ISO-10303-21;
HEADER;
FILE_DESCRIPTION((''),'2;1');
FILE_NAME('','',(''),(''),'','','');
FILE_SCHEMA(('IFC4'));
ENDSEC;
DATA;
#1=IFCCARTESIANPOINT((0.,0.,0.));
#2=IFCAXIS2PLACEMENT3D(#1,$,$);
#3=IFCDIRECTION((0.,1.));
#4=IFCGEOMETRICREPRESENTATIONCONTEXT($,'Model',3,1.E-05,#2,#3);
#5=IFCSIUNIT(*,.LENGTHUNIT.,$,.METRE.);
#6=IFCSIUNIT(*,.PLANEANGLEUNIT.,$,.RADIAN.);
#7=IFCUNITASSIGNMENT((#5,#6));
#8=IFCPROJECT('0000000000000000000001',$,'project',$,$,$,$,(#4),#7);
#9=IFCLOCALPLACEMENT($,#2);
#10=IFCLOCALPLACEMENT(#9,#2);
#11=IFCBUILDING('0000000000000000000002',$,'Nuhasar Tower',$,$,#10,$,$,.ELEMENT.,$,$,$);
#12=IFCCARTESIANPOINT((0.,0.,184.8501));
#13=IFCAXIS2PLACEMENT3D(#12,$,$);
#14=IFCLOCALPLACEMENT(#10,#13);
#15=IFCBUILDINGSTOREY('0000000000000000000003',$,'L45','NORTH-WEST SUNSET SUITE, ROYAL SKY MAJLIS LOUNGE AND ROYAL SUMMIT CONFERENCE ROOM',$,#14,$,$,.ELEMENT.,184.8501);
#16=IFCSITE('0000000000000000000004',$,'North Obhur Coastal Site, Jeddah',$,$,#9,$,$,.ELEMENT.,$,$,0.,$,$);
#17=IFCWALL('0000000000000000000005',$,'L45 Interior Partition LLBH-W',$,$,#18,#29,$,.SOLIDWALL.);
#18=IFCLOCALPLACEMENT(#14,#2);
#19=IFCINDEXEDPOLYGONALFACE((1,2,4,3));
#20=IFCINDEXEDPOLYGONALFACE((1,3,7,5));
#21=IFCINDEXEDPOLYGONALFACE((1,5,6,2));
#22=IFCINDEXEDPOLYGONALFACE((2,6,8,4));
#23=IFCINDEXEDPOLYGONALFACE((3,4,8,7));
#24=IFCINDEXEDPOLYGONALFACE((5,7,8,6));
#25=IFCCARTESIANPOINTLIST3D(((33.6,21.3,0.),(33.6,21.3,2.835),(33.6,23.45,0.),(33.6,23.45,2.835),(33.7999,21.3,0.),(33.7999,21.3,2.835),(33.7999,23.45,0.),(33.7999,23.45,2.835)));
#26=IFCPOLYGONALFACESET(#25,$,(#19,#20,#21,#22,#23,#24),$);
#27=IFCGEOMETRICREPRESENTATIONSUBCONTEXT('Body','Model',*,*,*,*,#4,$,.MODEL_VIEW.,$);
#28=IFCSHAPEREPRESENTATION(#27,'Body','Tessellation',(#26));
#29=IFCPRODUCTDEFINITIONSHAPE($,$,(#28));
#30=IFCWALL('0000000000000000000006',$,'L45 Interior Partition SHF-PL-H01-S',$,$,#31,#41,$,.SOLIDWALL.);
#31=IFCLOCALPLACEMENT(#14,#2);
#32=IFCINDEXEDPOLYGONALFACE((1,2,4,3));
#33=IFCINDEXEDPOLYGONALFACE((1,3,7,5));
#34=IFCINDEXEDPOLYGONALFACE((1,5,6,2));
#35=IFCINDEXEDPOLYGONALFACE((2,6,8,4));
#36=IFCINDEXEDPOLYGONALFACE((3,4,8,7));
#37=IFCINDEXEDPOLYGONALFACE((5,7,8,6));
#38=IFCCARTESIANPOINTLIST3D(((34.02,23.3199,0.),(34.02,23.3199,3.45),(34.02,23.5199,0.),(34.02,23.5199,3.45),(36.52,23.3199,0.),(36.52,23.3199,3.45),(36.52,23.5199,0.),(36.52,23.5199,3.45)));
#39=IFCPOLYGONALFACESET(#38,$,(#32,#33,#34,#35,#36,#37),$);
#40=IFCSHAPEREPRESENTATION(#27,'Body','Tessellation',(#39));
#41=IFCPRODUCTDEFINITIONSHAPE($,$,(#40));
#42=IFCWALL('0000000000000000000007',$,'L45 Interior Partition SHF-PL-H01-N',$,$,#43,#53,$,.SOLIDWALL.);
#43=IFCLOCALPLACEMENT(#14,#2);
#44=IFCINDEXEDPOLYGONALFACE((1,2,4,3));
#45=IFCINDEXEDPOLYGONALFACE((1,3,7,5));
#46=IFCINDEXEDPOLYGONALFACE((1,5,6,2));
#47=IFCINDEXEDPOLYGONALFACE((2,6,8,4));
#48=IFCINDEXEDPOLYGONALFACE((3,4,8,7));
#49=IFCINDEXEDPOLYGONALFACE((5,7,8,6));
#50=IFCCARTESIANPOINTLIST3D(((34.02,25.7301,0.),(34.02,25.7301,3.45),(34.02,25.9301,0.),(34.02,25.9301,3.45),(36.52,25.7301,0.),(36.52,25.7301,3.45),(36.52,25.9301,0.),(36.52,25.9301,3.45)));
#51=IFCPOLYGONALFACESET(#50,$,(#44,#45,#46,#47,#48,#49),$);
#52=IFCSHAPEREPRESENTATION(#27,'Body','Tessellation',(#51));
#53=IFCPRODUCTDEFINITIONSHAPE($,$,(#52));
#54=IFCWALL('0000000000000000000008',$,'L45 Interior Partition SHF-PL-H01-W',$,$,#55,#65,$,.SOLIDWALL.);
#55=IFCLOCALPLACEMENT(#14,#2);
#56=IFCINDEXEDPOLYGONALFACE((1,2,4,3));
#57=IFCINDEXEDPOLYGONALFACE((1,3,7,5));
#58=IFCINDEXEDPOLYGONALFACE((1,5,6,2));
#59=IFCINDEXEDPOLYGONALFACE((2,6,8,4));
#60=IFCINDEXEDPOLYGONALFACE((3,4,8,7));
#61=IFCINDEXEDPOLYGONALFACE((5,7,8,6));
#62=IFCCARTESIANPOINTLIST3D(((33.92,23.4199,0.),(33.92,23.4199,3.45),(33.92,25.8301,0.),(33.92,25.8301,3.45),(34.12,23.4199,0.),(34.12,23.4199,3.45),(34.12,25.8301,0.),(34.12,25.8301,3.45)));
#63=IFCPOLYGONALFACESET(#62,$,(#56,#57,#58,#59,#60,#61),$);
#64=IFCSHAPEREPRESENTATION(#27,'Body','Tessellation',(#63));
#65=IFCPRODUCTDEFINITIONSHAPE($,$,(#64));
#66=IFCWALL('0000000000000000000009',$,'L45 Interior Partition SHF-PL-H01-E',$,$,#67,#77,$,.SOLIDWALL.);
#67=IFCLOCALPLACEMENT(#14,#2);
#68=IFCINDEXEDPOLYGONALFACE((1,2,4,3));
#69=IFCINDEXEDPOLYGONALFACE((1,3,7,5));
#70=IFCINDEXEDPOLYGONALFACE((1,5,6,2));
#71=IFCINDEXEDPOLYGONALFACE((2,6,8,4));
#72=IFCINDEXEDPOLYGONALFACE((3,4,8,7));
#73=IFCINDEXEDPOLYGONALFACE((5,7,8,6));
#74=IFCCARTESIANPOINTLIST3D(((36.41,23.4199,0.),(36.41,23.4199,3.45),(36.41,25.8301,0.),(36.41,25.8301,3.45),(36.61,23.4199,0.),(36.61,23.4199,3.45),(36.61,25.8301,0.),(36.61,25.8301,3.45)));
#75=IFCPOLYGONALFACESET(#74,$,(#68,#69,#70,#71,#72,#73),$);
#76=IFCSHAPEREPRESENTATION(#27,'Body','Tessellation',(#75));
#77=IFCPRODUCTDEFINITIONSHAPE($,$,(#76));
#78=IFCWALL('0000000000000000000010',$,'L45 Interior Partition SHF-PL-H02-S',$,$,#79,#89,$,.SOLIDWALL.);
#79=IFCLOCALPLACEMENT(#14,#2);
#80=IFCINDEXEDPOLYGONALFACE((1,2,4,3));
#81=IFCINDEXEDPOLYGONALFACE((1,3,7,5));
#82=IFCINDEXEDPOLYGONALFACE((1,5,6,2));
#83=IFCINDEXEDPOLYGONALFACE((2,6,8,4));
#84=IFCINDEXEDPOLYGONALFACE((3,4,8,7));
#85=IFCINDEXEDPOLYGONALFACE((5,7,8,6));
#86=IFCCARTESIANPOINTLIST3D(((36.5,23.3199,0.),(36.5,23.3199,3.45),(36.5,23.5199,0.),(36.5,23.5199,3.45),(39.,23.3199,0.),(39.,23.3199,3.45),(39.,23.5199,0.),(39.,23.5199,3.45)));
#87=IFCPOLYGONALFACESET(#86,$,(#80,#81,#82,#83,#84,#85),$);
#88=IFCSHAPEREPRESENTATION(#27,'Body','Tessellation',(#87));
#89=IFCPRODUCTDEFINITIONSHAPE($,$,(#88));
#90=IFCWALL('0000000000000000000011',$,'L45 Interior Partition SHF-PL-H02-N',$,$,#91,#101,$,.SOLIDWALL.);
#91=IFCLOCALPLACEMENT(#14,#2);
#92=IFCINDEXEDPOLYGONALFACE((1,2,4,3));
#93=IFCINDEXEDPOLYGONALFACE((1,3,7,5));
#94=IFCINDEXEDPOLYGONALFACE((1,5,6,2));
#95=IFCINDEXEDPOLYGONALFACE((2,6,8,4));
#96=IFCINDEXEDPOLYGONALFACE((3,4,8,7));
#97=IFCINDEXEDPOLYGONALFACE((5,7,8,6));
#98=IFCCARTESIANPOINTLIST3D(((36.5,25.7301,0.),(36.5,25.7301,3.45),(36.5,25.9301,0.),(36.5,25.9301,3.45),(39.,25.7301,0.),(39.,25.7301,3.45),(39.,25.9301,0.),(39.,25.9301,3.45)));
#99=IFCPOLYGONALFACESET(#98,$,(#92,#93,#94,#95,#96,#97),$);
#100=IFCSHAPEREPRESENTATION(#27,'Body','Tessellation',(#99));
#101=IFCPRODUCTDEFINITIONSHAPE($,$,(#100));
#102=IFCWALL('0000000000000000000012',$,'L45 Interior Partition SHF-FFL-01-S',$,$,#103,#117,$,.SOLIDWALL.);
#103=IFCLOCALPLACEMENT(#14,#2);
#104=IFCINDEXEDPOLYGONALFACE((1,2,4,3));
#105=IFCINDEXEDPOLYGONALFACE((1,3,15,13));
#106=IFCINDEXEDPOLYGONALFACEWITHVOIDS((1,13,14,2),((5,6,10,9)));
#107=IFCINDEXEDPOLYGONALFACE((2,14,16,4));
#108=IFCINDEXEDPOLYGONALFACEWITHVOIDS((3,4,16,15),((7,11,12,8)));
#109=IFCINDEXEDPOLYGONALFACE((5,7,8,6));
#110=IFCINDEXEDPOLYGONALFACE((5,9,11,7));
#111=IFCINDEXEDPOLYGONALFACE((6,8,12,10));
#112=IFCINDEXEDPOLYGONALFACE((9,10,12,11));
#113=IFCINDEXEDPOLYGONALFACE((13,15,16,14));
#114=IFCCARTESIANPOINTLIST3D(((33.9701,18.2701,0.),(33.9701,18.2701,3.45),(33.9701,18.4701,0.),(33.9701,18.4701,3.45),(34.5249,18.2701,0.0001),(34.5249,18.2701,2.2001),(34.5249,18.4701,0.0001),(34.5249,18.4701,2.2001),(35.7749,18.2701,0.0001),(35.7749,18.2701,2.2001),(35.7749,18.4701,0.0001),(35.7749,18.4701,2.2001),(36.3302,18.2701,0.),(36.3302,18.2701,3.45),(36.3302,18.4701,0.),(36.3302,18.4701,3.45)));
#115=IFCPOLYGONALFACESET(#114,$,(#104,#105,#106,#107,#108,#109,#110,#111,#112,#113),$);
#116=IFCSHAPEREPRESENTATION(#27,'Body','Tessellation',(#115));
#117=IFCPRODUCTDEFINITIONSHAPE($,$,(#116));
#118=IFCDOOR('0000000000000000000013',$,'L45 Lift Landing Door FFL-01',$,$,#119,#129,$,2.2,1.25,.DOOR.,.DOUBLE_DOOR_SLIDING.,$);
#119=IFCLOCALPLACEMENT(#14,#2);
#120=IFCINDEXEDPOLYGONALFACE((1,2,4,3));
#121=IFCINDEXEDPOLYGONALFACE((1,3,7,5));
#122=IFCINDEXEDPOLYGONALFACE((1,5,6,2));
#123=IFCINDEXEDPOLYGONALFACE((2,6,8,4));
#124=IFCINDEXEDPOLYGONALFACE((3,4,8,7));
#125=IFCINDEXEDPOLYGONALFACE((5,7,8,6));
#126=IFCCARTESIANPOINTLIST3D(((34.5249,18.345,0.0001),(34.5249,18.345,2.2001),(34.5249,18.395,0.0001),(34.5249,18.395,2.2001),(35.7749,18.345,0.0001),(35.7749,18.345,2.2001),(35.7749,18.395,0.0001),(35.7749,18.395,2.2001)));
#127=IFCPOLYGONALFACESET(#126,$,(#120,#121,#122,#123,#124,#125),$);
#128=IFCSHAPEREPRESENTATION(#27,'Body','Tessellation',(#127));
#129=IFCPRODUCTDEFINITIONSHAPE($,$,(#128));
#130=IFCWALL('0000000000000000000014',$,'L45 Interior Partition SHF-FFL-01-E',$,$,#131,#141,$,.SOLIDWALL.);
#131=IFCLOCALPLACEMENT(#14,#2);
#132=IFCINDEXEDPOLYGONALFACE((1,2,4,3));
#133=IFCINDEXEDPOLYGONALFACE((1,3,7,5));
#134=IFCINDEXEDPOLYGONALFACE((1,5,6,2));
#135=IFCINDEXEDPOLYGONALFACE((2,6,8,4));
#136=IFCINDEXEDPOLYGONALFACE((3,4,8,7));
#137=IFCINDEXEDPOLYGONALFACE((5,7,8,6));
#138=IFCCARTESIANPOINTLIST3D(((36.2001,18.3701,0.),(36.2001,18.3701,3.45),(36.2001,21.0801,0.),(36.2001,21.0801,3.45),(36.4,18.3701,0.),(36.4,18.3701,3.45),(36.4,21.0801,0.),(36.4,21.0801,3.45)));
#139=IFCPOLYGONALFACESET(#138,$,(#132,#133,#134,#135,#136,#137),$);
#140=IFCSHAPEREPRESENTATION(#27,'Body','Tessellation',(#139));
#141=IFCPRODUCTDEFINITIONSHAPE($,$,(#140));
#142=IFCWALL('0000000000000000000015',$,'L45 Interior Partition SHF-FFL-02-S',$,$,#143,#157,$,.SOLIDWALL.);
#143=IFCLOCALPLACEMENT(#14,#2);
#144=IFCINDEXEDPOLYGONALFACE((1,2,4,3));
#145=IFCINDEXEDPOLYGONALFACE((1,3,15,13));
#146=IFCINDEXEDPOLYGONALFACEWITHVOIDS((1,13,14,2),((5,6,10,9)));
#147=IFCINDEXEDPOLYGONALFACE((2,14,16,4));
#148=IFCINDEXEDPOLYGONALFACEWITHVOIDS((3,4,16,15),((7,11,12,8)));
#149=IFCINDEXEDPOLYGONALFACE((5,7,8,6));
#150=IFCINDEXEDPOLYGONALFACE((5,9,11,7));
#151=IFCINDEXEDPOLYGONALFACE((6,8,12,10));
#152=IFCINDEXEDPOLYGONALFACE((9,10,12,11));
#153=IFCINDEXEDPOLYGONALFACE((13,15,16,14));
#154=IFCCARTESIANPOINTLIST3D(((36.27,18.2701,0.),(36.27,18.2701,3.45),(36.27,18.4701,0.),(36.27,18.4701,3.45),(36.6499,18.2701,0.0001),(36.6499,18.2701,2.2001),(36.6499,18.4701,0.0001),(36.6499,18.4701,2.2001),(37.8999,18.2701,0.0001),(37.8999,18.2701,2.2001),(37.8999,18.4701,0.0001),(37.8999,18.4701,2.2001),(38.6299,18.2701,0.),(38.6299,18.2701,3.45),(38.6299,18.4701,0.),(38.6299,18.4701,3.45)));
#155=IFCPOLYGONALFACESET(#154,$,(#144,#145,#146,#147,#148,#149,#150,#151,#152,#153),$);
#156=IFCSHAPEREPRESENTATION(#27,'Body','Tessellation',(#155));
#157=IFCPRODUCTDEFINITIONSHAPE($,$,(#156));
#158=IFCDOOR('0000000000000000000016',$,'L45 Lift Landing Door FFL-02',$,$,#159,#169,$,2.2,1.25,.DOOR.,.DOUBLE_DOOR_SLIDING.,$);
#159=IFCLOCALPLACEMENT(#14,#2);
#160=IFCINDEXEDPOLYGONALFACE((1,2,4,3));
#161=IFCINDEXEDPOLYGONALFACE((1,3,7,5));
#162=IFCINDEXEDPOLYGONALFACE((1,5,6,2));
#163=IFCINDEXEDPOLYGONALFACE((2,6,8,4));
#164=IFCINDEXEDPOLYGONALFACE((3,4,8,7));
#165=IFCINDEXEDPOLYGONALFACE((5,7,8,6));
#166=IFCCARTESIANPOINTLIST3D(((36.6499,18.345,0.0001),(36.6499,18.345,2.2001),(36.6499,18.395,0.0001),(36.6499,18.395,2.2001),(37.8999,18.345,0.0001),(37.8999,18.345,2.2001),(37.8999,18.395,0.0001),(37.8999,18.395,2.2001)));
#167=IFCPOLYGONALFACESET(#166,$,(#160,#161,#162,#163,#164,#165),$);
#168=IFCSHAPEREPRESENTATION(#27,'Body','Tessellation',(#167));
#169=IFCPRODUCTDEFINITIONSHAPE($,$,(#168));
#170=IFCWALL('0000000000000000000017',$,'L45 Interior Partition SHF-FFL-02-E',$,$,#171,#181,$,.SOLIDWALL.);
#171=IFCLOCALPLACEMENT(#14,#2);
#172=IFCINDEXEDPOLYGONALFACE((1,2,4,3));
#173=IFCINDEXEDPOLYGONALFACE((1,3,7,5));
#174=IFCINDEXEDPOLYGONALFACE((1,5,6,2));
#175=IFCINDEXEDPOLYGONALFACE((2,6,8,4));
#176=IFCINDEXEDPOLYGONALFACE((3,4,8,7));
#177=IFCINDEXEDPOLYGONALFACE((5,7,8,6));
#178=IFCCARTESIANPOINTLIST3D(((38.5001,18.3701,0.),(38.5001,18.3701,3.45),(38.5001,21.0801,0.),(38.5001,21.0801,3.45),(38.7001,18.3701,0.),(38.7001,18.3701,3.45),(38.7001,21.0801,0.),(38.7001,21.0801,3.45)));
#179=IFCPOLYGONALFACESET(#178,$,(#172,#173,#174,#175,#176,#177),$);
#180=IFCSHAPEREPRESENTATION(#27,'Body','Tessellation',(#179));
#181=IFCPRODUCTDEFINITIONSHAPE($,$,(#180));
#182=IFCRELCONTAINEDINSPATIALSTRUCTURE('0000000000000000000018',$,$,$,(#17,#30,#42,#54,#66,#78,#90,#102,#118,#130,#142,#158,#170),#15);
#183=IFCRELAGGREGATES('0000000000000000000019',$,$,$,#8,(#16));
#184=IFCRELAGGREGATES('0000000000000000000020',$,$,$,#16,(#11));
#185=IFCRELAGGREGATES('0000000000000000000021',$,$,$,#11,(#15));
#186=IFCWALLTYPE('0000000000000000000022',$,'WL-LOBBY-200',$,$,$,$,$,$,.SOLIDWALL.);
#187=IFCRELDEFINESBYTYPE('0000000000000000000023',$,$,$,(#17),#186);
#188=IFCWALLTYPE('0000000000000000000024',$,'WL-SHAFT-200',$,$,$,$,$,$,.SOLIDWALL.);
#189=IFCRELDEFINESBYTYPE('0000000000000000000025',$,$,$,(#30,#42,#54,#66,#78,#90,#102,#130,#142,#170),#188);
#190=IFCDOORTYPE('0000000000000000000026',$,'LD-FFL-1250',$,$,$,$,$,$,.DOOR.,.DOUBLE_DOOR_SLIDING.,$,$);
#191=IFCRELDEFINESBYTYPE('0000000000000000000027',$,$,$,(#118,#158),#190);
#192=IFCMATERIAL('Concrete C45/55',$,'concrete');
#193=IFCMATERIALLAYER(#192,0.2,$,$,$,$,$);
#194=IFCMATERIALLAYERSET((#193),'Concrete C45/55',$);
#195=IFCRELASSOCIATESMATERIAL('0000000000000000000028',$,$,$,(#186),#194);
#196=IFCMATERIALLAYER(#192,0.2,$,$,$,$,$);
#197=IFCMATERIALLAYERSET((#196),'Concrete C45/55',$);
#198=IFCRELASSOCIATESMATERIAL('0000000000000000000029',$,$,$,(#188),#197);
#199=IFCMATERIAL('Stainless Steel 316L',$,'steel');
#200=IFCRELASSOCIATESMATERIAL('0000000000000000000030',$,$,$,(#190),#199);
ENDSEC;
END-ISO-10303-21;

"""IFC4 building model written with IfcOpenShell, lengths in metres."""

from ifc_helpers import new_model, si_unit, direction, frame, frame_2d, origin, place, context, subcontext, project, spatial, rectangle, extrude, material, layer, layer_set, type_object, element, fill, save


model = new_model("IFC4")

# Units and contexts
model_context = context("Model", 3, precision=1e-05, world=origin(), true_north=direction((0.0, 1.0)))
body_context = subcontext(model_context, "Body", "Model", "MODEL_VIEW")
ifc_project = project(units=[si_unit("LENGTHUNIT", "METRE"), si_unit("PLANEANGLEUNIT", "RADIAN")], contexts=[model_context])

# Site, building, storey
site_placement = place(None, origin())
site = spatial("IfcSite", under=ifc_project, at=site_placement, Name="North Obhur Coastal Site, Jeddah", CompositionType="ELEMENT", RefElevation=0.0)
building_placement = place(site_placement, origin())
building = spatial("IfcBuilding", under=site, at=building_placement, Name="Nuhasar Tower", CompositionType="ELEMENT")
storey_placement = place(building_placement, frame((0.0, 0.0, 184.8501)))
storey = spatial("IfcBuildingStorey", under=building, at=storey_placement, Name="L45", Description="NORTH-WEST SUNSET SUITE, ROYAL SKY MAJLIS LOUNGE AND ROYAL SUMMIT CONFERENCE ROOM", CompositionType="ELEMENT", Elevation=184.8501)

# Walls
ifc_material_1 = material(Name="Concrete C45/55", Category="concrete")
ifc_layer_1 = layer(ifc_material_1, 0.2)
ifc_layer_set_1 = layer_set([ifc_layer_1], Name="Concrete C45/55")
wall_type_1 = type_object("IfcWallType", Name="WL-LOBBY-200", PredefinedType="SOLIDWALL", material=ifc_layer_set_1)
wall_1_placement = place(storey_placement, frame((33.7, 21.3, 0.0), z_axis=(0.0, 0.0, 1.0), x_axis=(0.0, 1.0, 0.0)))
element("IfcWall", 1, at=wall_1_placement, inside=storey, type_object=wall_type_1, Name="L45 Interior Partition LLBH-W", PredefinedType="SOLIDWALL", context=body_context, shape_type="SweptSolid", body=[
    extrude(rectangle(XDim=2.1499, YDim=0.2, at=frame_2d((1.075, 0.0))), origin(), (0.0, 0.0, 1.0), 2.835),
])
ifc_layer_2 = layer(ifc_material_1, 0.2)
ifc_layer_set_2 = layer_set([ifc_layer_2], Name="Concrete C45/55")
wall_type_2 = type_object("IfcWallType", Name="WL-SHAFT-200", PredefinedType="SOLIDWALL", material=ifc_layer_set_2)
for number, where, z_axis, x_axis, name in (
    (2, (34.02, 23.4199, 0.0), (0.0, 0.0, 1.0), (1.0, 0.0, 0.0), "L45 Interior Partition SHF-PL-H01-S"),
    (3, (34.02, 25.8301, 0.0), (0.0, 0.0, 1.0), (1.0, 0.0, 0.0), "L45 Interior Partition SHF-PL-H01-N"),
):
    element("IfcWall", number, at=place(storey_placement, frame(where, z_axis=z_axis, x_axis=x_axis)), inside=storey, type_object=wall_type_2, Name=name, PredefinedType="SOLIDWALL", context=body_context, shape_type="SweptSolid", body=[
        extrude(rectangle(XDim=2.5, YDim=0.2, at=frame_2d((1.25, 0.0))), origin(), (0.0, 0.0, 1.0), 3.45),
    ])
for number, where, z_axis, x_axis, name in (
    (4, (34.02, 23.4199, 0.0), (0.0, 0.0, 1.0), (0.0, 1.0, 0.0), "L45 Interior Partition SHF-PL-H01-W"),
    (5, (36.51, 23.4199, 0.0), (0.0, 0.0, 1.0), (0.0, 1.0, 0.0), "L45 Interior Partition SHF-PL-H01-E"),
):
    element("IfcWall", number, at=place(storey_placement, frame(where, z_axis=z_axis, x_axis=x_axis)), inside=storey, type_object=wall_type_2, Name=name, PredefinedType="SOLIDWALL", context=body_context, shape_type="SweptSolid", body=[
        extrude(rectangle(XDim=2.4102, YDim=0.2, at=frame_2d((1.2051, 0.0))), origin(), (0.0, 0.0, 1.0), 3.45),
    ])
for number, where, z_axis, x_axis, name in (
    (6, (36.5, 23.4199, 0.0), (0.0, 0.0, 1.0), (1.0, 0.0, 0.0), "L45 Interior Partition SHF-PL-H02-S"),
    (7, (36.5, 25.8301, 0.0), (0.0, 0.0, 1.0), (1.0, 0.0, 0.0), "L45 Interior Partition SHF-PL-H02-N"),
):
    element("IfcWall", number, at=place(storey_placement, frame(where, z_axis=z_axis, x_axis=x_axis)), inside=storey, type_object=wall_type_2, Name=name, PredefinedType="SOLIDWALL", context=body_context, shape_type="SweptSolid", body=[
        extrude(rectangle(XDim=2.5, YDim=0.2, at=frame_2d((1.25, 0.0))), origin(), (0.0, 0.0, 1.0), 3.45),
    ])

# Wall, opening, door
wall_2_placement = place(storey_placement, frame((33.97, 18.3701, 0.0), z_axis=(0.0, 0.0, 1.0), x_axis=(1.0, 0.0, 0.0)))
wall_2 = element("IfcWall", 8, at=wall_2_placement, inside=storey, type_object=wall_type_2, Name="L45 Interior Partition SHF-FFL-01-S", PredefinedType="SOLIDWALL", context=body_context, shape_type="SweptSolid", body=[
    extrude(rectangle(XDim=2.3601, YDim=0.2, at=frame_2d((1.1802, 0.0))), origin(), (0.0, 0.0, 1.0), 3.45),
])
opening_1_placement = place(wall_2_placement, frame((0.5549, 0.0, 0.0)))
opening_1 = element("IfcOpeningElement", 9, at=opening_1_placement, cuts=wall_2, PredefinedType="OPENING", context=body_context, shape_type="SweptSolid", body=[
    extrude(rectangle(XDim=1.25, YDim=2.2, at=frame_2d((0.625, 1.1001))), frame((0.0, 0.1099, 0.0), z_axis=(0.0, -1.0, 0.0), x_axis=(1.0, 0.0, 0.0)), (0.0, 0.0, 1.0), 0.22),
])
ifc_material_2 = material(Name="Stainless Steel 316L", Category="steel")
door_type_1 = type_object("IfcDoorType", Name="LD-FFL-1250", OperationType="DOUBLE_DOOR_SLIDING", PredefinedType="DOOR", material=ifc_material_2)
door_1_placement = place(opening_1_placement, origin())
door_1 = element("IfcDoor", 10, at=door_1_placement, inside=storey, type_object=door_type_1, Name="L45 Lift Landing Door FFL-01", OperationType="DOUBLE_DOOR_SLIDING", OverallHeight=2.2, OverallWidth=1.25, PredefinedType="DOOR", context=body_context, shape_type="SweptSolid", body=[
    extrude(rectangle(XDim=1.25, YDim=2.2, at=frame_2d((0.625, 1.1001))), frame((0.0, 0.0249, 0.0), z_axis=(0.0, -1.0, 0.0), x_axis=(1.0, 0.0, 0.0)), (0.0, 0.0, 1.0), 0.05),
])
fill(opening_1, door_1)

# Wall
wall_3_placement = place(storey_placement, frame((36.3, 18.3701, 0.0), z_axis=(0.0, 0.0, 1.0), x_axis=(0.0, 1.0, 0.0)))
element("IfcWall", 11, at=wall_3_placement, inside=storey, type_object=wall_type_2, Name="L45 Interior Partition SHF-FFL-01-E", PredefinedType="SOLIDWALL", context=body_context, shape_type="SweptSolid", body=[
    extrude(rectangle(XDim=2.71, YDim=0.2, at=frame_2d((1.355, 0.0))), origin(), (0.0, 0.0, 1.0), 3.45),
])

# Wall, opening, door
wall_4_placement = place(storey_placement, frame((36.27, 18.3701, 0.0), z_axis=(0.0, 0.0, 1.0), x_axis=(1.0, 0.0, 0.0)))
wall_4 = element("IfcWall", 12, at=wall_4_placement, inside=storey, type_object=wall_type_2, Name="L45 Interior Partition SHF-FFL-02-S", PredefinedType="SOLIDWALL", context=body_context, shape_type="SweptSolid", body=[
    extrude(rectangle(XDim=2.3599, YDim=0.2, at=frame_2d((1.1799, 0.0))), origin(), (0.0, 0.0, 1.0), 3.45),
])
opening_2_placement = place(wall_4_placement, frame((0.3799, 0.0, 0.0)))
opening_2 = element("IfcOpeningElement", 13, at=opening_2_placement, cuts=wall_4, PredefinedType="OPENING", context=body_context, shape_type="SweptSolid", body=[
    extrude(rectangle(XDim=1.25, YDim=2.2, at=frame_2d((0.625, 1.1001))), frame((0.0, 0.1099, 0.0), z_axis=(0.0, -1.0, 0.0), x_axis=(1.0, 0.0, 0.0)), (0.0, 0.0, 1.0), 0.22),
])
door_2_placement = place(opening_2_placement, origin())
door_2 = element("IfcDoor", 14, at=door_2_placement, inside=storey, type_object=door_type_1, Name="L45 Lift Landing Door FFL-02", OperationType="DOUBLE_DOOR_SLIDING", OverallHeight=2.2, OverallWidth=1.25, PredefinedType="DOOR", context=body_context, shape_type="SweptSolid", body=[
    extrude(rectangle(XDim=1.25, YDim=2.2, at=frame_2d((0.625, 1.1001))), frame((0.0, 0.0249, 0.0), z_axis=(0.0, -1.0, 0.0), x_axis=(1.0, 0.0, 0.0)), (0.0, 0.0, 1.0), 0.05),
])
fill(opening_2, door_2)

# Wall
wall_5_placement = place(storey_placement, frame((38.6001, 18.3701, 0.0), z_axis=(0.0, 0.0, 1.0), x_axis=(0.0, 1.0, 0.0)))
element("IfcWall", 15, at=wall_5_placement, inside=storey, type_object=wall_type_2, Name="L45 Interior Partition SHF-FFL-02-E", PredefinedType="SOLIDWALL", context=body_context, shape_type="SweptSolid", body=[
    extrude(rectangle(XDim=2.71, YDim=0.2, at=frame_2d((1.355, 0.0))), origin(), (0.0, 0.0, 1.0), 3.45),
])

save(model, "model.ifc")
